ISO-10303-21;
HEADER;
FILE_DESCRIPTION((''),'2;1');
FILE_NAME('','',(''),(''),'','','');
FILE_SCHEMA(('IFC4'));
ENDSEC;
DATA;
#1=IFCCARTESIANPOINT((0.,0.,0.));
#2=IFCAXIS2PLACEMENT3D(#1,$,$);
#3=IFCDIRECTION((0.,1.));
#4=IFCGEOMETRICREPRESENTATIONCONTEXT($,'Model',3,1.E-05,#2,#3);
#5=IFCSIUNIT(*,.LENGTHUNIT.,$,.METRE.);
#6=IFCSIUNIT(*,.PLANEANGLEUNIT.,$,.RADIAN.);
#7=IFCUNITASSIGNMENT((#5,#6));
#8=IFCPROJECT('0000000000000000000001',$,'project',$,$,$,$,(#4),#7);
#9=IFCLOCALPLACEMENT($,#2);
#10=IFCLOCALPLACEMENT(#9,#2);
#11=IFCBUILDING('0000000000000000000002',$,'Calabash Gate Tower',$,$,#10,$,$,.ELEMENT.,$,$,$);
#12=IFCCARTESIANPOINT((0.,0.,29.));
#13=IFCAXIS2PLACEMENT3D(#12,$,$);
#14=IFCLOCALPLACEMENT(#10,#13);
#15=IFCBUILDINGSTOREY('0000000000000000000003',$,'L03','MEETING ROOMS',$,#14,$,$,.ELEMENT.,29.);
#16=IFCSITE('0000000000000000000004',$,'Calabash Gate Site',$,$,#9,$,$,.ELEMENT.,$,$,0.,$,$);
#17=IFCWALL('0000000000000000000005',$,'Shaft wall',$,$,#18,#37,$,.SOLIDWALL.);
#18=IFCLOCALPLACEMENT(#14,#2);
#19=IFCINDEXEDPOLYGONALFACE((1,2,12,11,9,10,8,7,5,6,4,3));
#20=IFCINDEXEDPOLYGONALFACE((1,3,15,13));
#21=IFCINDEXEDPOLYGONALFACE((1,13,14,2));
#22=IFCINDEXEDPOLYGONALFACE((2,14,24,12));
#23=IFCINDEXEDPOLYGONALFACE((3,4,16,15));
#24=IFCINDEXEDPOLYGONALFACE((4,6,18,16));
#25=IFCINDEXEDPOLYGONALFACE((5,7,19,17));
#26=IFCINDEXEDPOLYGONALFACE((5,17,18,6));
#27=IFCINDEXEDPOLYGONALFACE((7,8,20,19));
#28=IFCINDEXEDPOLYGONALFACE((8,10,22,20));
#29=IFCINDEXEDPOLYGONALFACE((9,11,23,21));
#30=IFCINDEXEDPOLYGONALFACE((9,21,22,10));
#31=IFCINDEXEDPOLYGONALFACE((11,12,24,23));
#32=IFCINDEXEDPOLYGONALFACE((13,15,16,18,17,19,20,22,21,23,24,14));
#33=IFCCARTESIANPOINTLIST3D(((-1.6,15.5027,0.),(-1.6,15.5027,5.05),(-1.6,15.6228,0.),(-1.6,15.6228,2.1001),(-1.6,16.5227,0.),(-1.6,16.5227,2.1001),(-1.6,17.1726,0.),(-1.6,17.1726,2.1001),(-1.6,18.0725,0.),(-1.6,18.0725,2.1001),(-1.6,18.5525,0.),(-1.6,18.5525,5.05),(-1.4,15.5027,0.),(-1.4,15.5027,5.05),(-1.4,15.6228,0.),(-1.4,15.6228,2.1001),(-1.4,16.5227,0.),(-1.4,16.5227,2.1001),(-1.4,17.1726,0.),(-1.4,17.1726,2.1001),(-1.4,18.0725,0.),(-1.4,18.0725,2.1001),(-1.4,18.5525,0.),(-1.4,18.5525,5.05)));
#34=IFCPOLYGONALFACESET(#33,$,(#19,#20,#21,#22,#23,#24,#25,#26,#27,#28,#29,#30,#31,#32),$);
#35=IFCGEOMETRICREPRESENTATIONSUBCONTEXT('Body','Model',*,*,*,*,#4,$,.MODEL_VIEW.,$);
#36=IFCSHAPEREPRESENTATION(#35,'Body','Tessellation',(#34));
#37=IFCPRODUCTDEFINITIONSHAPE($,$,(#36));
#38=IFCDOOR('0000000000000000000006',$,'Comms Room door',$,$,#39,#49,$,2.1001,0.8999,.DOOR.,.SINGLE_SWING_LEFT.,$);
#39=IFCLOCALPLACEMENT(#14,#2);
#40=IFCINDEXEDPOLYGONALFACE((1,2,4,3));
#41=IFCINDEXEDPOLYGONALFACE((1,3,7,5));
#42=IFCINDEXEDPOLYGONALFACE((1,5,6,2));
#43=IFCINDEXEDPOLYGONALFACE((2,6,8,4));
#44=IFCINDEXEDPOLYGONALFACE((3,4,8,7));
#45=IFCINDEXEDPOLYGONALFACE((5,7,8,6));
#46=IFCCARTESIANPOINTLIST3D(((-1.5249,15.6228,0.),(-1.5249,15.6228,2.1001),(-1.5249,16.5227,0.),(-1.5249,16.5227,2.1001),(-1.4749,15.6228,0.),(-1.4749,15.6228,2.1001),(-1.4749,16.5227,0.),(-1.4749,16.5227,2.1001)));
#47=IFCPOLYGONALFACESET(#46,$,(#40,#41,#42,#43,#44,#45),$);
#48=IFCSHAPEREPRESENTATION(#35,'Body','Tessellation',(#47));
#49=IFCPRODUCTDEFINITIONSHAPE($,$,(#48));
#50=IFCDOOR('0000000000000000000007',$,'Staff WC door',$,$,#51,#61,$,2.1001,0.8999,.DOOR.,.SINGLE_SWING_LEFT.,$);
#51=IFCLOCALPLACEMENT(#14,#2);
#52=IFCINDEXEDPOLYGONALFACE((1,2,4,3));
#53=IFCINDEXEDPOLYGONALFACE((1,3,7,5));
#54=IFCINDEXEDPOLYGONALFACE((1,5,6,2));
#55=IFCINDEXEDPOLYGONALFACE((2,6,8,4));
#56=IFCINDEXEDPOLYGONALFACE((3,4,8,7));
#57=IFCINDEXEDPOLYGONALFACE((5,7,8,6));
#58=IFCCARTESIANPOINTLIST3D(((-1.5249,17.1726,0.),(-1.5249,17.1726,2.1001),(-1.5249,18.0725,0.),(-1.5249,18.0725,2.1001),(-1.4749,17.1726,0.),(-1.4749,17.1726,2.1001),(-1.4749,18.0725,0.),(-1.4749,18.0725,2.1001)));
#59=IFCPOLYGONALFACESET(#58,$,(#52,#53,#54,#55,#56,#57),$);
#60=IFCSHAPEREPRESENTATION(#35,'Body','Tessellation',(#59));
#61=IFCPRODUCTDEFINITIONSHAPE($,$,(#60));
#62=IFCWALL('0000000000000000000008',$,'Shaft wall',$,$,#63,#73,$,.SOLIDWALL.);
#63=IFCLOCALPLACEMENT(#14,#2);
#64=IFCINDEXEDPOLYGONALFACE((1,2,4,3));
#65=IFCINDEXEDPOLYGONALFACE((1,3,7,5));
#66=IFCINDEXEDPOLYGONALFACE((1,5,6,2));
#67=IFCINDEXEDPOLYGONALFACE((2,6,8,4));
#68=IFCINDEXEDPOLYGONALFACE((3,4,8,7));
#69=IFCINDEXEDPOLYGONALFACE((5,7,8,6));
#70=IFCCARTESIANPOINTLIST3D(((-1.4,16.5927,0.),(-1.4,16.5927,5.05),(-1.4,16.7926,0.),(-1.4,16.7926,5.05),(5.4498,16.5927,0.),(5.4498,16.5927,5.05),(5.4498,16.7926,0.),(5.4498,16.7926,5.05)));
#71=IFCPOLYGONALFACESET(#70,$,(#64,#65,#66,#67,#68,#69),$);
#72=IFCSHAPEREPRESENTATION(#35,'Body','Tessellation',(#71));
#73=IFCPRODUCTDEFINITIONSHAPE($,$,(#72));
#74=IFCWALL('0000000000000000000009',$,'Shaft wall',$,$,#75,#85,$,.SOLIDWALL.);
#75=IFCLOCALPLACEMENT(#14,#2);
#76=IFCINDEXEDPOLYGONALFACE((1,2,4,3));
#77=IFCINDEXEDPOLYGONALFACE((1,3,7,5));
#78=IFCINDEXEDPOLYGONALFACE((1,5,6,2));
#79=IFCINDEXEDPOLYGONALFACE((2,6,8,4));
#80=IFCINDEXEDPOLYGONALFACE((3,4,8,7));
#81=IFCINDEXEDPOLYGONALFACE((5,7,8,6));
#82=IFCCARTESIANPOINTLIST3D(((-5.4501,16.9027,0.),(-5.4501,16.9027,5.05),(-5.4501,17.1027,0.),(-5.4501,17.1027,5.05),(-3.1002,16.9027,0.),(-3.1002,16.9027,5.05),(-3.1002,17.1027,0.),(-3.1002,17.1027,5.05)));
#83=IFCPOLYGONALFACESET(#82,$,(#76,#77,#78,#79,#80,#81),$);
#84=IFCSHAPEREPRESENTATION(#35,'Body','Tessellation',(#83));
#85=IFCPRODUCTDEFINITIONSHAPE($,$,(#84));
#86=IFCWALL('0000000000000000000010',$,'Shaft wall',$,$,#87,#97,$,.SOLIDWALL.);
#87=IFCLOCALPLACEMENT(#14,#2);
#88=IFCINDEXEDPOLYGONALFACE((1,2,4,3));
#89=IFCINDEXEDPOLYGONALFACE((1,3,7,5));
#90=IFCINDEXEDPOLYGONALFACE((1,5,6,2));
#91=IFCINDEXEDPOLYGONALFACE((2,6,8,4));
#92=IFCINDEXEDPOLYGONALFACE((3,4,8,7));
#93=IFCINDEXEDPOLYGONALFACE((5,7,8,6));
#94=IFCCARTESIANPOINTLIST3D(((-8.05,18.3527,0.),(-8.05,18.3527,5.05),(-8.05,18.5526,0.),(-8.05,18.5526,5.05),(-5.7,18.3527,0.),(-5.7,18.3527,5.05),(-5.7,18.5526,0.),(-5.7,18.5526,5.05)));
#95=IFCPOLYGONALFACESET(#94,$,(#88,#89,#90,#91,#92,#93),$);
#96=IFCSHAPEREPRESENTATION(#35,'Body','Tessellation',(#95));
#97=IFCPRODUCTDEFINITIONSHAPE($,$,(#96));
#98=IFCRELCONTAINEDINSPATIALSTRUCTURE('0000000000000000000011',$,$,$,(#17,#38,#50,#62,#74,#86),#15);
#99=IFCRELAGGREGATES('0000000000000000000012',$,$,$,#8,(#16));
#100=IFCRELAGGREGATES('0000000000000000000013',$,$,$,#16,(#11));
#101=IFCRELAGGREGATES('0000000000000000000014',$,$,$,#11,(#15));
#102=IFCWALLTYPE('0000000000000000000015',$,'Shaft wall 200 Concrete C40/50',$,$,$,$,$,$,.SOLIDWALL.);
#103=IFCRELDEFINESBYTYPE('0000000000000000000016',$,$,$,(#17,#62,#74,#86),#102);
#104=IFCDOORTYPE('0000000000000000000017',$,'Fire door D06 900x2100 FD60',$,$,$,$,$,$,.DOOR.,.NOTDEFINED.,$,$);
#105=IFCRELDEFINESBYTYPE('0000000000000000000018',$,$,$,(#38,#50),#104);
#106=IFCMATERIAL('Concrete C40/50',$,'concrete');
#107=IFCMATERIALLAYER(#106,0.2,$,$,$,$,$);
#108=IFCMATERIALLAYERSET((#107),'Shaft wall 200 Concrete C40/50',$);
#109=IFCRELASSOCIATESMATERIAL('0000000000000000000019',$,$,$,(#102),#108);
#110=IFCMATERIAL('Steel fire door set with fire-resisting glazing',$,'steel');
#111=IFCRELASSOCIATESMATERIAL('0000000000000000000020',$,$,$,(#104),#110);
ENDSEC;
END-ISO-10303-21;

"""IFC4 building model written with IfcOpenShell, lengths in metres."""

from ifc_helpers import new_model, si_unit, direction, frame, frame_2d, origin, place, context, subcontext, project, spatial, rectangle, extrude, material, layer, layer_set, type_object, element, fill, save


model = new_model("IFC4")

# Units and contexts
model_context = context("Model", 3, precision=1e-05, world=origin(), true_north=direction((0.0, 1.0)))
body_context = subcontext(model_context, "Body", "Model", "MODEL_VIEW")
ifc_project = project(units=[si_unit("LENGTHUNIT", "METRE"), si_unit("PLANEANGLEUNIT", "RADIAN")], contexts=[model_context])

# Site, building, storey
site_placement = place(None, origin())
site = spatial("IfcSite", under=ifc_project, at=site_placement, Name="Calabash Gate Site", CompositionType="ELEMENT", RefElevation=0.0)
building_placement = place(site_placement, origin())
building = spatial("IfcBuilding", under=site, at=building_placement, Name="Calabash Gate Tower", CompositionType="ELEMENT")
storey_placement = place(building_placement, frame((0.0, 0.0, 29.0)))
storey = spatial("IfcBuildingStorey", under=building, at=storey_placement, Name="L03", Description="MEETING ROOMS", CompositionType="ELEMENT", Elevation=29.0)

# Shared definitions
ifc_material_1 = material(Name="Concrete C40/50", Category="concrete")
ifc_layer_1 = layer(ifc_material_1, 0.2)
ifc_layer_set_1 = layer_set([ifc_layer_1], Name="Shaft wall 200 Concrete C40/50")
wall_type_1 = type_object("IfcWallType", Name="Shaft wall 200 Concrete C40/50", PredefinedType="SOLIDWALL", material=ifc_layer_set_1)

# Wall, openings, doors
ifc_material_2 = material(Name="Steel fire door set with fire-resisting glazing", Category="steel")
door_type_1 = type_object("IfcDoorType", Name="Fire door D06 900x2100 FD60", OperationType="NOTDEFINED", PredefinedType="DOOR", material=ifc_material_2)
wall_1_placement = place(storey_placement, frame((-1.5, 15.5027, 0.0), z_axis=(0.0, 0.0, 1.0), x_axis=(0.0, 1.0, 0.0)))
wall_1 = element("IfcWall", 1, at=wall_1_placement, inside=storey, type_object=wall_type_1, Name="Shaft wall", PredefinedType="SOLIDWALL", context=body_context, shape_type="SweptSolid", body=[
    extrude(rectangle(XDim=3.0498, YDim=0.2, at=frame_2d((1.5249, 0.0))), origin(), (0.0, 0.0, 1.0), 5.05),
])
opening_1_placement = place(wall_1_placement, frame((0.1201, 0.0, 0.0)))
opening_1 = element("IfcOpeningElement", 2, at=opening_1_placement, cuts=wall_1, PredefinedType="OPENING", context=body_context, shape_type="SweptSolid", body=[
    extrude(rectangle(XDim=0.8999, YDim=2.1001, at=frame_2d((0.45, 1.05))), frame((0.0, 0.1099, 0.0), z_axis=(0.0, -1.0, 0.0), x_axis=(1.0, 0.0, 0.0)), (0.0, 0.0, 1.0), 0.22),
])
opening_2_placement = place(wall_1_placement, frame((1.6699, 0.0, 0.0)))
opening_2 = element("IfcOpeningElement", 3, at=opening_2_placement, cuts=wall_1, PredefinedType="OPENING", context=body_context, shape_type="SweptSolid", body=[
    extrude(rectangle(XDim=0.8999, YDim=2.1001, at=frame_2d((0.45, 1.05))), frame((0.0, 0.1099, 0.0), z_axis=(0.0, -1.0, 0.0), x_axis=(1.0, 0.0, 0.0)), (0.0, 0.0, 1.0), 0.22),
])
door_1_placement = place(opening_1_placement, origin())
door_1 = element("IfcDoor", 4, at=door_1_placement, inside=storey, type_object=door_type_1, Name="Comms Room door", OperationType="SINGLE_SWING_LEFT", OverallHeight=2.1001, OverallWidth=0.8999, PredefinedType="DOOR", context=body_context, shape_type="SweptSolid", body=[
    extrude(rectangle(XDim=0.8999, YDim=2.1001, at=frame_2d((0.45, 1.05))), frame((0.0, 0.0249, 0.0), z_axis=(0.0, -1.0, 0.0), x_axis=(1.0, 0.0, 0.0)), (0.0, 0.0, 1.0), 0.05),
])
fill(opening_1, door_1)
door_2_placement = place(opening_2_placement, origin())
door_2 = element("IfcDoor", 5, at=door_2_placement, inside=storey, type_object=door_type_1, Name="Staff WC door", OperationType="SINGLE_SWING_LEFT", OverallHeight=2.1001, OverallWidth=0.8999, PredefinedType="DOOR", context=body_context, shape_type="SweptSolid", body=[
    extrude(rectangle(XDim=0.8999, YDim=2.1001, at=frame_2d((0.45, 1.05))), frame((0.0, 0.0249, 0.0), z_axis=(0.0, -1.0, 0.0), x_axis=(1.0, 0.0, 0.0)), (0.0, 0.0, 1.0), 0.05),
])
fill(opening_2, door_2)

# Walls
wall_2_placement = place(storey_placement, frame((-1.3999, 16.6926, 0.0), z_axis=(0.0, 0.0, 1.0), x_axis=(1.0, 0.0, 0.0)))
element("IfcWall", 6, at=wall_2_placement, inside=storey, type_object=wall_type_1, Name="Shaft wall", PredefinedType="SOLIDWALL", context=body_context, shape_type="SweptSolid", body=[
    extrude(rectangle(XDim=6.8499, YDim=0.2, at=frame_2d((3.4248, 0.0))), origin(), (0.0, 0.0, 1.0), 5.05),
])
wall_3_placement = place(storey_placement, frame((-5.45, 17.0027, 0.0), z_axis=(0.0, 0.0, 1.0), x_axis=(1.0, 0.0, 0.0)))
element("IfcWall", 7, at=wall_3_placement, inside=storey, type_object=wall_type_1, Name="Shaft wall", PredefinedType="SOLIDWALL", context=body_context, shape_type="SweptSolid", body=[
    extrude(rectangle(XDim=2.3499, YDim=0.2, at=frame_2d((1.1748, 0.0))), origin(), (0.0, 0.0, 1.0), 5.05),
])
wall_4_placement = place(storey_placement, frame((-8.05, 18.4526, 0.0), z_axis=(0.0, 0.0, 1.0), x_axis=(1.0, 0.0, 0.0)))
element("IfcWall", 8, at=wall_4_placement, inside=storey, type_object=wall_type_1, Name="Shaft wall", PredefinedType="SOLIDWALL", context=body_context, shape_type="SweptSolid", body=[
    extrude(rectangle(XDim=2.3501, YDim=0.2, at=frame_2d((1.175, 0.0))), origin(), (0.0, 0.0, 1.0), 5.05),
])

save(model, "model.ifc")
